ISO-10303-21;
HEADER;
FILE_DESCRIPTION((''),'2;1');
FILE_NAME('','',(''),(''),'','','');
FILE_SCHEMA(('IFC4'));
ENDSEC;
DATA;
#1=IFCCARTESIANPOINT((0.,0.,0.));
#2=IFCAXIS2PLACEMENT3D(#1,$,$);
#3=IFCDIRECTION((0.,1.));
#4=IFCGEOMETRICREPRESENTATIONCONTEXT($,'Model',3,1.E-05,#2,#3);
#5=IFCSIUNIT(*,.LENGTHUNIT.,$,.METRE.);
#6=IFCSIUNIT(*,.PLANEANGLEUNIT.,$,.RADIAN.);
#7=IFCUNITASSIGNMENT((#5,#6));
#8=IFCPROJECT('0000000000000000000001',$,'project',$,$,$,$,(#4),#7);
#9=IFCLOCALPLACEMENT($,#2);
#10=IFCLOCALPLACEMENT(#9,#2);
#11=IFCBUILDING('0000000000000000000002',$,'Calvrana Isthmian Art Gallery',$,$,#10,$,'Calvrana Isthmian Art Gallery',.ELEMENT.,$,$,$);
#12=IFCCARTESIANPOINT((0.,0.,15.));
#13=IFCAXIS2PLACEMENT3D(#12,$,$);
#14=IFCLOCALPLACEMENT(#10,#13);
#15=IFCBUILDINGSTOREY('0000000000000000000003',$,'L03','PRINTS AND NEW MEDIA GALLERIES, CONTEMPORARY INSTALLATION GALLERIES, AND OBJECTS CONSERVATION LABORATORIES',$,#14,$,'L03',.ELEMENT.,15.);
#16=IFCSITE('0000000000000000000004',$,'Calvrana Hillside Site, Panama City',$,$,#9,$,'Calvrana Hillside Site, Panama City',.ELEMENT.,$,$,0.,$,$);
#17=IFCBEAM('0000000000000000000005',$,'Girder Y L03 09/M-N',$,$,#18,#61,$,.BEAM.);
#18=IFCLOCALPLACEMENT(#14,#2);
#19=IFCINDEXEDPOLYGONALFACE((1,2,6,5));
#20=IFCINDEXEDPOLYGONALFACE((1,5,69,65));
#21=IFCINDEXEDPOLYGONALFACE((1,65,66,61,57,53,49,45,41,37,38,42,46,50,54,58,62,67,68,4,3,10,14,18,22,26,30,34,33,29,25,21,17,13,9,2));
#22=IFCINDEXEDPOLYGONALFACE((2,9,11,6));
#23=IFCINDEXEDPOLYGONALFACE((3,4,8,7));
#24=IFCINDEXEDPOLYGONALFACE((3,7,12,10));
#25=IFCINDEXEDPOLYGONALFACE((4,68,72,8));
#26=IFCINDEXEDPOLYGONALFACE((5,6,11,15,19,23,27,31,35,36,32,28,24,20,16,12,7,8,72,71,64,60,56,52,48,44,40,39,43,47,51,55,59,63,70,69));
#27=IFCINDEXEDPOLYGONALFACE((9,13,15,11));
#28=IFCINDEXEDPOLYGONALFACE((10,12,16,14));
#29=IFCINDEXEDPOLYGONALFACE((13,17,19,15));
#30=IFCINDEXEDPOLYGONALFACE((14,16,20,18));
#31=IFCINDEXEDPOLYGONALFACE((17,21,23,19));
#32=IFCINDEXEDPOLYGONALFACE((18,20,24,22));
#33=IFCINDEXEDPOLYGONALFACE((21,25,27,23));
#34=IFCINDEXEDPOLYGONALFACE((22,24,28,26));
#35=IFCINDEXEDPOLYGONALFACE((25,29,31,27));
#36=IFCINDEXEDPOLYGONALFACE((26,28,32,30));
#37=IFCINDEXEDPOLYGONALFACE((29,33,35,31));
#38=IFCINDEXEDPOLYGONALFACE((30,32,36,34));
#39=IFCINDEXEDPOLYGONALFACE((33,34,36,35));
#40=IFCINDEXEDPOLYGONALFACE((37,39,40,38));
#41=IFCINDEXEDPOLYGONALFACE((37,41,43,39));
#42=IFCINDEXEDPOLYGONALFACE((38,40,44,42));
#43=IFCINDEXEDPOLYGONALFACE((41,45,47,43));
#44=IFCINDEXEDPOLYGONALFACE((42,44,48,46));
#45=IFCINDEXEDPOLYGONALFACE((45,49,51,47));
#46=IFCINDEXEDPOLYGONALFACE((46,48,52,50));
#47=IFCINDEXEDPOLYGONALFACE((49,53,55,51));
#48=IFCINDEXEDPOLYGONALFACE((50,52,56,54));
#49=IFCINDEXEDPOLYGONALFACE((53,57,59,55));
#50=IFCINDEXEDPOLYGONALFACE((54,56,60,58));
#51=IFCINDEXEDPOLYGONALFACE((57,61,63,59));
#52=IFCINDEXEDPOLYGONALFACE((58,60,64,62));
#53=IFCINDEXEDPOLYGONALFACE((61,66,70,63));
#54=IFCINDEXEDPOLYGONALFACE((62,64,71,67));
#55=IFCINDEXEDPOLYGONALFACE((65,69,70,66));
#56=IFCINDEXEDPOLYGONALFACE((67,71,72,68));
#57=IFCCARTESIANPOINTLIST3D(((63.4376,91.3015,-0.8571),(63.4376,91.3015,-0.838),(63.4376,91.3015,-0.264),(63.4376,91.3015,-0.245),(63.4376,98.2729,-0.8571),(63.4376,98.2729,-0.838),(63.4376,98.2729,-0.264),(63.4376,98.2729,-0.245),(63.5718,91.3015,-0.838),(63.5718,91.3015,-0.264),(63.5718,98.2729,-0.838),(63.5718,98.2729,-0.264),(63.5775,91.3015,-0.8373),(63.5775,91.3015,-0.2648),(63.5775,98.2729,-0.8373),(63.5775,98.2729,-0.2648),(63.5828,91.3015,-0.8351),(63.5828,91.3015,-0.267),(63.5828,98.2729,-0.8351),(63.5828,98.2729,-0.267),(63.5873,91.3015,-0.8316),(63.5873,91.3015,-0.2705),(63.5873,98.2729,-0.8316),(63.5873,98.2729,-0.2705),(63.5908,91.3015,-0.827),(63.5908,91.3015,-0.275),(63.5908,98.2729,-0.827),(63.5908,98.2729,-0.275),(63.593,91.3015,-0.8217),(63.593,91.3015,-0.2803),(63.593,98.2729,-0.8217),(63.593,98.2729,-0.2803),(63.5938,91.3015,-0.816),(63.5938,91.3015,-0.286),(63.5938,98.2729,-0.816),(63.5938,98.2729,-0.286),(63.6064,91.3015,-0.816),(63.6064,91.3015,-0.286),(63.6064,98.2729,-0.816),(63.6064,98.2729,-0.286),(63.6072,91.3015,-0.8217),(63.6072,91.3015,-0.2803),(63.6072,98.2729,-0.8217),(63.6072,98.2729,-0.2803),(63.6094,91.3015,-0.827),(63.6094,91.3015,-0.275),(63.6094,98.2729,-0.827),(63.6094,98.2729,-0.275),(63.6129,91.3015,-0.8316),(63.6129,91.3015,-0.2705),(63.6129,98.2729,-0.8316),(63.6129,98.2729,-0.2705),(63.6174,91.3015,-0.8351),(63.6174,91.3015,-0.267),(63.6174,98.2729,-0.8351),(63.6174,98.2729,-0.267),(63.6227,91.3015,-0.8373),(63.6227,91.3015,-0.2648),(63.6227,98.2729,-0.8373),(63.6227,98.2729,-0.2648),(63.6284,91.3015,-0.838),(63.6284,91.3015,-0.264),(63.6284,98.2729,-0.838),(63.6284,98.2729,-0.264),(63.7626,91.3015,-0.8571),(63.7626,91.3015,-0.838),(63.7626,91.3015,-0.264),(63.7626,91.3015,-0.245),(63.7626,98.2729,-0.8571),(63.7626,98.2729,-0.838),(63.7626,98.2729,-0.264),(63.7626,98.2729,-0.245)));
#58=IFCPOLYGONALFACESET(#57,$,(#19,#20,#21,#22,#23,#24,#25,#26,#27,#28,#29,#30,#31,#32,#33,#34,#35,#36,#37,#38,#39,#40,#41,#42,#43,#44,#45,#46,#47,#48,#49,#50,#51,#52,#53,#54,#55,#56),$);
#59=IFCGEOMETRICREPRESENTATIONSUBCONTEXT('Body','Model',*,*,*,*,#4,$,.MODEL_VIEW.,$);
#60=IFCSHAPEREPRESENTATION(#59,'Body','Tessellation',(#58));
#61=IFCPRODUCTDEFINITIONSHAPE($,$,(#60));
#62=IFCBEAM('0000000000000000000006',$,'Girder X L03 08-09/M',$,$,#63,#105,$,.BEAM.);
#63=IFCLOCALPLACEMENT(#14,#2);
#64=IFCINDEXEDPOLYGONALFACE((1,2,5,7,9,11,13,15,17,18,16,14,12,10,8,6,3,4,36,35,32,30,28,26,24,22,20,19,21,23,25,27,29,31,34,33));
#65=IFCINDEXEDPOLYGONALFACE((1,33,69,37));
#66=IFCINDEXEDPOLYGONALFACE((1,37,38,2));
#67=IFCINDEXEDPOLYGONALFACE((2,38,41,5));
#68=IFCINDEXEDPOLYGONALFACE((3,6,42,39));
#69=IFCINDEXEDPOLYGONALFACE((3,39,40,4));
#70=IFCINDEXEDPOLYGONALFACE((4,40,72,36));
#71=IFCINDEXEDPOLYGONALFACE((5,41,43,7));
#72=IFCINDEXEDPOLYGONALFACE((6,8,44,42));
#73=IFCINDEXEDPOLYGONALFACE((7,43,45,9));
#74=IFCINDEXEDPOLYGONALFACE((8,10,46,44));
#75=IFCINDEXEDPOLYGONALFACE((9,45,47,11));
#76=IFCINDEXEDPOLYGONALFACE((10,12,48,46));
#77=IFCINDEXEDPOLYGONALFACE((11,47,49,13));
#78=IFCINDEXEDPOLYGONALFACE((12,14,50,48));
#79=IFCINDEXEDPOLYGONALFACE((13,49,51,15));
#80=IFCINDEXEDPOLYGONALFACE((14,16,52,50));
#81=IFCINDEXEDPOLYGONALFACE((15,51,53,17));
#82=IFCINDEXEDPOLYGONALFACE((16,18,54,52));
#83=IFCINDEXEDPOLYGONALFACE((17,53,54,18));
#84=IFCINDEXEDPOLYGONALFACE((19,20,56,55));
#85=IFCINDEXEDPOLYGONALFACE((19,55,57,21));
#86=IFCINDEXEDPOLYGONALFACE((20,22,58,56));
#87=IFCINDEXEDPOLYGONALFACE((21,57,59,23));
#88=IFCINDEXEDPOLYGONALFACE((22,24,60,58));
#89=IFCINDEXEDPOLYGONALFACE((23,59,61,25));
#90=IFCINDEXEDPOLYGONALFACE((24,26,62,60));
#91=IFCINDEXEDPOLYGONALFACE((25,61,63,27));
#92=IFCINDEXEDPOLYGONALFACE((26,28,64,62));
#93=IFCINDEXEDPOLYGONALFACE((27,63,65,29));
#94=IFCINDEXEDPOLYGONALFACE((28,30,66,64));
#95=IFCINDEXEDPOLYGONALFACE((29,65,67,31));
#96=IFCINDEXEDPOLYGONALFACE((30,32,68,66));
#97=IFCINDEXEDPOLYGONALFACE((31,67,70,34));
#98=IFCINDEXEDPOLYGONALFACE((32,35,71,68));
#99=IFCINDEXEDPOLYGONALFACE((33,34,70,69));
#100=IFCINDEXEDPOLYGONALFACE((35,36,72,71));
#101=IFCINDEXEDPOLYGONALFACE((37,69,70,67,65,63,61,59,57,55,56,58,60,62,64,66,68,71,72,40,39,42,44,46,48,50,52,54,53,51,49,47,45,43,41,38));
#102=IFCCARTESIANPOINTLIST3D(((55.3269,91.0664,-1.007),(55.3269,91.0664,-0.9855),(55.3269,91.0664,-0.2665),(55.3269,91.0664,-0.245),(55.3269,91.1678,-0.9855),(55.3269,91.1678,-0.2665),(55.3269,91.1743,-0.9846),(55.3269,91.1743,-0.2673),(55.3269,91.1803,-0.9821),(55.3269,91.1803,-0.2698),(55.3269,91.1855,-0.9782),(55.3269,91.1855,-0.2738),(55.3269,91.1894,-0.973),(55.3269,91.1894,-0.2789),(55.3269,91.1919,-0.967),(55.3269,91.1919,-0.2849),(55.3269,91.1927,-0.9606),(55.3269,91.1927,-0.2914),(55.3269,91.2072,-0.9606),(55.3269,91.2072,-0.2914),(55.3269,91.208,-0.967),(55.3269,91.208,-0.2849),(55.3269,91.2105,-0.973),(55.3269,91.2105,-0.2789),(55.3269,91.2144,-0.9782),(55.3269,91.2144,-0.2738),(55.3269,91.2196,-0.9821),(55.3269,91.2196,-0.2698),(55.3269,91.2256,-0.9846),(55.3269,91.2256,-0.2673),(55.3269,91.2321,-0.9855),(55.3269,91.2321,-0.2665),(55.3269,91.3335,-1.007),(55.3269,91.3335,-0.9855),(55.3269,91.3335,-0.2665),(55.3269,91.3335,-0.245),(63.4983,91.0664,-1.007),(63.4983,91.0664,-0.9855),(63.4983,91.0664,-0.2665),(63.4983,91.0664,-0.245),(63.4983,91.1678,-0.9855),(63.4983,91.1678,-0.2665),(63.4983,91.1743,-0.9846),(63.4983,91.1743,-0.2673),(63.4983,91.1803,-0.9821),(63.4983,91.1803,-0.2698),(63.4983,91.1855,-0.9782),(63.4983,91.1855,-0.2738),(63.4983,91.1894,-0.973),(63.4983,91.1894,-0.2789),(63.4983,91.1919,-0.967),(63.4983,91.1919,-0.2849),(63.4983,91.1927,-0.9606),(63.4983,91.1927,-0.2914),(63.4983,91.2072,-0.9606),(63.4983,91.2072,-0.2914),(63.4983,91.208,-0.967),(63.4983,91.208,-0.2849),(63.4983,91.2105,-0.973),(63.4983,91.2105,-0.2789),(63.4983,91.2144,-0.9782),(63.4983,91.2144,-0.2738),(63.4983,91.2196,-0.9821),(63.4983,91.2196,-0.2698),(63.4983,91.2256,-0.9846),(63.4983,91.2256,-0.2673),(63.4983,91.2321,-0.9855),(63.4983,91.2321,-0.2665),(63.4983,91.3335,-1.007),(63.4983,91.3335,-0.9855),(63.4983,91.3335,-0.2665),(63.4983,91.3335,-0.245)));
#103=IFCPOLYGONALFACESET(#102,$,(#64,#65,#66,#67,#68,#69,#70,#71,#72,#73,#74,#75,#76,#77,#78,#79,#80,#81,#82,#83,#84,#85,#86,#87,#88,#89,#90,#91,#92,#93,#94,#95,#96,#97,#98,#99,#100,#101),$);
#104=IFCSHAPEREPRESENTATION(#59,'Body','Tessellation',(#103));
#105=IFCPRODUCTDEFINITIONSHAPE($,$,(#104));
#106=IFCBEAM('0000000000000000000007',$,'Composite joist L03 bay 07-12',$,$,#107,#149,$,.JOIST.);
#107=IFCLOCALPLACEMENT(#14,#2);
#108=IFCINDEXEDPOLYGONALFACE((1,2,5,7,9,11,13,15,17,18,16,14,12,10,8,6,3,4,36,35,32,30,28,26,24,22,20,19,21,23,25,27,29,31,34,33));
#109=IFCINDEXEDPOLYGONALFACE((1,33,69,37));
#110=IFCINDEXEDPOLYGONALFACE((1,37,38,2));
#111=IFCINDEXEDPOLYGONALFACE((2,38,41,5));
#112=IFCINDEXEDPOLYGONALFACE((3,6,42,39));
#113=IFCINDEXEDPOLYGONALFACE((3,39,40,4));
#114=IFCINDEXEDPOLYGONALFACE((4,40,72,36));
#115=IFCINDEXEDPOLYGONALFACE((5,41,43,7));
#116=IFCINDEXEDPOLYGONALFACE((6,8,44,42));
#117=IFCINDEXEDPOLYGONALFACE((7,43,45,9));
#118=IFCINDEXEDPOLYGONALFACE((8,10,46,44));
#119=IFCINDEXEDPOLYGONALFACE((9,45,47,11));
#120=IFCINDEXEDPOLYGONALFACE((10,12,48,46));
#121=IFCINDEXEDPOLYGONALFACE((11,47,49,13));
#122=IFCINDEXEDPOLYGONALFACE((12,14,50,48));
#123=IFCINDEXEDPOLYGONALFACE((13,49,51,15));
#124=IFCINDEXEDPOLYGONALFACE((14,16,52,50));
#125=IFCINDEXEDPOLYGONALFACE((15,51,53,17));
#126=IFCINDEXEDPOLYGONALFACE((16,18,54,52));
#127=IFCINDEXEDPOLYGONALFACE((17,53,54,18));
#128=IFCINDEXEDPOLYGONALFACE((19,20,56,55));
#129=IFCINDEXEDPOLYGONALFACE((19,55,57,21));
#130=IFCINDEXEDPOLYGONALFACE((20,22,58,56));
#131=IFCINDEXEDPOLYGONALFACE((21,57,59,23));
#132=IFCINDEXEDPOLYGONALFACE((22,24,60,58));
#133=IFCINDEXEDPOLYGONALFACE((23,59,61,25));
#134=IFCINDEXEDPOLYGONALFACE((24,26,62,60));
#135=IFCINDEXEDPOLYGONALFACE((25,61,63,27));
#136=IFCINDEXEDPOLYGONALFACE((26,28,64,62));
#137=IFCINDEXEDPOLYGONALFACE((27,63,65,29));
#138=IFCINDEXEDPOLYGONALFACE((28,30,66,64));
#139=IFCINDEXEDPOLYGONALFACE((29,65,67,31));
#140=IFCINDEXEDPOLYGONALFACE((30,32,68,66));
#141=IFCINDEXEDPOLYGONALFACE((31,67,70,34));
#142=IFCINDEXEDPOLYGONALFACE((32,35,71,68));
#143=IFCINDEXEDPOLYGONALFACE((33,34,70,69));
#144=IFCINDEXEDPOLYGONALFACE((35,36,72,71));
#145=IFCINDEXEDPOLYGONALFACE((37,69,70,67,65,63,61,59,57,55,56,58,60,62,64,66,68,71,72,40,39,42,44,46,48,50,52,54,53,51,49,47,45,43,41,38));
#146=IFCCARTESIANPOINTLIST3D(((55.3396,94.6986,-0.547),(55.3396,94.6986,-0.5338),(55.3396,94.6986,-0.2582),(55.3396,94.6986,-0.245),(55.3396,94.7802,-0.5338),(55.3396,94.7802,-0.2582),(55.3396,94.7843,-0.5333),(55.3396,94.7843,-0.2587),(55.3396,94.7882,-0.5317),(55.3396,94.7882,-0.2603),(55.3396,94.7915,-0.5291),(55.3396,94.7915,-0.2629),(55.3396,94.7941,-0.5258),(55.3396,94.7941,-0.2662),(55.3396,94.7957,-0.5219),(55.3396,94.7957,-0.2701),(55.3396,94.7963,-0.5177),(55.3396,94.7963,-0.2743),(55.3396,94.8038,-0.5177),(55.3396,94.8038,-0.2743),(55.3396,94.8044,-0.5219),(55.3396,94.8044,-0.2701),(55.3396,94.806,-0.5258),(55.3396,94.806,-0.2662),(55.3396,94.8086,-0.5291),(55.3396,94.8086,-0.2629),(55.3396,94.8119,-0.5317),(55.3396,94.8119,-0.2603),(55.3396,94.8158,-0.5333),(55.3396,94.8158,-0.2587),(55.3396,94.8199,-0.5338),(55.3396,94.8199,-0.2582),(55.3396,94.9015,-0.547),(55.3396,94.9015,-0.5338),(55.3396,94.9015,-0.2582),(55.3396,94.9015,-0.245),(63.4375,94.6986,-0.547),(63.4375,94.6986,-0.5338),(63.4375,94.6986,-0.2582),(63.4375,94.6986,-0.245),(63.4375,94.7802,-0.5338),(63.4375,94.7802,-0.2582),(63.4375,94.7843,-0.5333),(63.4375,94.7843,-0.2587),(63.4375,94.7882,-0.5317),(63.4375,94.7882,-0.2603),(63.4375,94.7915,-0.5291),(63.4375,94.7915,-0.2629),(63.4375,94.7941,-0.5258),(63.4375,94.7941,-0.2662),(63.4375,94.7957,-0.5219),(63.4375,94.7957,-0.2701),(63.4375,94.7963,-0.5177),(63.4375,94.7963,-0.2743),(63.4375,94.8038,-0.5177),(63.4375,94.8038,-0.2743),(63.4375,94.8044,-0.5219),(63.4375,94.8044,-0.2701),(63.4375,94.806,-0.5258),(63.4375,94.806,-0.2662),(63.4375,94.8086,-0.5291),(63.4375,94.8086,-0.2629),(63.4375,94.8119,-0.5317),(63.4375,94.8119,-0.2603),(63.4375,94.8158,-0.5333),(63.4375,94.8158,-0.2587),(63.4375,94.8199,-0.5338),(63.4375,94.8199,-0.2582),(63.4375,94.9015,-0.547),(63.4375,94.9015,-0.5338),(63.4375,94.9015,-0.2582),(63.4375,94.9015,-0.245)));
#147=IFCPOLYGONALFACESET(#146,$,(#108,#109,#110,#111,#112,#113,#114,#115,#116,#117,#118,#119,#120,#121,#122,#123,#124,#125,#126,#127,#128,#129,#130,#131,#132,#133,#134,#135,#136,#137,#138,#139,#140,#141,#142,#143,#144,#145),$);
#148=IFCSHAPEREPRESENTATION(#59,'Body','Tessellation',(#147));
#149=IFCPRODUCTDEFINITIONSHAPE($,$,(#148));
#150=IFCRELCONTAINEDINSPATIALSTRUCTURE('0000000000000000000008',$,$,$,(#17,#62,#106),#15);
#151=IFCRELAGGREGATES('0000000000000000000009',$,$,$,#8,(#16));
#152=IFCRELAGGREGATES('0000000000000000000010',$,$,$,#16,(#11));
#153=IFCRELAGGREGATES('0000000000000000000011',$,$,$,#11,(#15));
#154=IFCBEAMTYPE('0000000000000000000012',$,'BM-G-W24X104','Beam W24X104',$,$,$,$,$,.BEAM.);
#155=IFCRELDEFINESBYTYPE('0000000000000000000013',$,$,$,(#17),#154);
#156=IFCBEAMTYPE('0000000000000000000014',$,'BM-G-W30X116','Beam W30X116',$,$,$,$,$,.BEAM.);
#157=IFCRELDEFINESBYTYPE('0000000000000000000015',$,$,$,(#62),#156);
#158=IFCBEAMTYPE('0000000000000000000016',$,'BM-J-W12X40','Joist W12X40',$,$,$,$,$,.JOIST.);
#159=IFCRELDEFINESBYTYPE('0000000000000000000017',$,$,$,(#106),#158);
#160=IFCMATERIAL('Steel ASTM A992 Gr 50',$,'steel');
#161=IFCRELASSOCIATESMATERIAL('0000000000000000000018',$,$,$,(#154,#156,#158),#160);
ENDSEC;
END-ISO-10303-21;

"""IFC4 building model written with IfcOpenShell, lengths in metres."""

from ifc_helpers import new_model, si_unit, direction, frame, origin, origin_2d, place, context, subcontext, project, spatial, i_section, extrude, material, material_profile, profile_set, type_object, element, save


model = new_model("IFC4")

# Units and contexts
model_context = context("Model", 3, precision=1e-05, world=origin(), true_north=direction((0.0, 1.0)))
body_context = subcontext(model_context, "Body", "Model", "MODEL_VIEW")
ifc_project = project(units=[si_unit("LENGTHUNIT", "METRE"), si_unit("PLANEANGLEUNIT", "RADIAN")], contexts=[model_context])

# Site, building, storey
site_placement = place(None, origin())
site = spatial("IfcSite", under=ifc_project, at=site_placement, Name="Calvrana Hillside Site, Panama City", LongName="Calvrana Hillside Site, Panama City", CompositionType="ELEMENT", RefElevation=0.0)
building_placement = place(site_placement, origin())
building = spatial("IfcBuilding", under=site, at=building_placement, Name="Calvrana Isthmian Art Gallery", LongName="Calvrana Isthmian Art Gallery", CompositionType="ELEMENT")
storey_placement = place(building_placement, frame((0.0, 0.0, 15.0)))
storey = spatial("IfcBuildingStorey", under=building, at=storey_placement, Name="L03", Description="PRINTS AND NEW MEDIA GALLERIES, CONTEMPORARY INSTALLATION GALLERIES, AND OBJECTS CONSERVATION LABORATORIES", LongName="L03", CompositionType="ELEMENT", Elevation=15.0)

# Beams
ifc_material_1 = material(Name="Steel ASTM A992 Gr 50", Category="steel")
ifc_material_profile_1 = material_profile(ifc_material_1, i_section(OverallWidth=0.325, OverallDepth=0.6121, WebThickness=0.0127, FlangeThickness=0.019, FilletRadius=0.022, at=origin_2d()), Name="W24X104")
ifc_profile_set_1 = profile_set([ifc_material_profile_1], Name="Steel ASTM A992 Gr 50")
beam_type_1 = type_object("IfcBeamType", Name="BM-G-W24X104", Description="Beam W24X104", PredefinedType="BEAM", material=ifc_profile_set_1)
beam_1_placement = place(storey_placement, frame((63.6001, 91.3015, -0.551), z_axis=(0.0, 1.0, 0.0), x_axis=(-1.0, 0.0, 0.0)))
element("IfcBeam", 1, at=beam_1_placement, inside=storey, type_object=beam_type_1, Name="Girder Y L03 09/M-N", PredefinedType="BEAM", context=body_context, shape_type="SweptSolid", body=[
    extrude(i_section(OverallWidth=0.325, OverallDepth=0.6121, WebThickness=0.0127, FlangeThickness=0.019, FilletRadius=0.022, at=origin_2d()), origin(), (0.0, 0.0, 1.0), 6.9714),
])
ifc_material_profile_2 = material_profile(ifc_material_1, i_section(OverallWidth=0.2671, OverallDepth=0.762, WebThickness=0.0144, FlangeThickness=0.0215, FilletRadius=0.0249, at=origin_2d()), Name="W30X116")
ifc_profile_set_2 = profile_set([ifc_material_profile_2], Name="Steel ASTM A992 Gr 50")
beam_type_2 = type_object("IfcBeamType", Name="BM-G-W30X116", Description="Beam W30X116", PredefinedType="BEAM", material=ifc_profile_set_2)
beam_2_placement = place(storey_placement, frame((55.3269, 91.2, -0.626), z_axis=(1.0, 0.0, 0.0), x_axis=(0.0, 1.0, 0.0)))
element("IfcBeam", 2, at=beam_2_placement, inside=storey, type_object=beam_type_2, Name="Girder X L03 08-09/M", PredefinedType="BEAM", context=body_context, shape_type="SweptSolid", body=[
    extrude(i_section(OverallWidth=0.2671, OverallDepth=0.762, WebThickness=0.0144, FlangeThickness=0.0215, FilletRadius=0.0249, at=origin_2d()), origin(), (0.0, 0.0, 1.0), 8.1714),
])
ifc_material_profile_3 = material_profile(ifc_material_1, i_section(OverallWidth=0.2029, OverallDepth=0.302, WebThickness=0.0076, FlangeThickness=0.0132, FilletRadius=0.0161, at=origin_2d()), Name="W12X40")
ifc_profile_set_3 = profile_set([ifc_material_profile_3], Name="Steel ASTM A992 Gr 50")
beam_type_3 = type_object("IfcBeamType", Name="BM-J-W12X40", Description="Joist W12X40", PredefinedType="JOIST", material=ifc_profile_set_3)
beam_3_placement = place(storey_placement, frame((55.3396, 94.8, -0.396), z_axis=(1.0, 0.0, 0.0), x_axis=(0.0, 1.0, 0.0)))
element("IfcBeam", 3, at=beam_3_placement, inside=storey, type_object=beam_type_3, Name="Composite joist L03 bay 07-12", PredefinedType="JOIST", context=body_context, shape_type="SweptSolid", body=[
    extrude(i_section(OverallWidth=0.2029, OverallDepth=0.302, WebThickness=0.0076, FlangeThickness=0.0132, FilletRadius=0.0161, at=origin_2d()), origin(), (0.0, 0.0, 1.0), 8.0979),
])

save(model, "model.ifc")
